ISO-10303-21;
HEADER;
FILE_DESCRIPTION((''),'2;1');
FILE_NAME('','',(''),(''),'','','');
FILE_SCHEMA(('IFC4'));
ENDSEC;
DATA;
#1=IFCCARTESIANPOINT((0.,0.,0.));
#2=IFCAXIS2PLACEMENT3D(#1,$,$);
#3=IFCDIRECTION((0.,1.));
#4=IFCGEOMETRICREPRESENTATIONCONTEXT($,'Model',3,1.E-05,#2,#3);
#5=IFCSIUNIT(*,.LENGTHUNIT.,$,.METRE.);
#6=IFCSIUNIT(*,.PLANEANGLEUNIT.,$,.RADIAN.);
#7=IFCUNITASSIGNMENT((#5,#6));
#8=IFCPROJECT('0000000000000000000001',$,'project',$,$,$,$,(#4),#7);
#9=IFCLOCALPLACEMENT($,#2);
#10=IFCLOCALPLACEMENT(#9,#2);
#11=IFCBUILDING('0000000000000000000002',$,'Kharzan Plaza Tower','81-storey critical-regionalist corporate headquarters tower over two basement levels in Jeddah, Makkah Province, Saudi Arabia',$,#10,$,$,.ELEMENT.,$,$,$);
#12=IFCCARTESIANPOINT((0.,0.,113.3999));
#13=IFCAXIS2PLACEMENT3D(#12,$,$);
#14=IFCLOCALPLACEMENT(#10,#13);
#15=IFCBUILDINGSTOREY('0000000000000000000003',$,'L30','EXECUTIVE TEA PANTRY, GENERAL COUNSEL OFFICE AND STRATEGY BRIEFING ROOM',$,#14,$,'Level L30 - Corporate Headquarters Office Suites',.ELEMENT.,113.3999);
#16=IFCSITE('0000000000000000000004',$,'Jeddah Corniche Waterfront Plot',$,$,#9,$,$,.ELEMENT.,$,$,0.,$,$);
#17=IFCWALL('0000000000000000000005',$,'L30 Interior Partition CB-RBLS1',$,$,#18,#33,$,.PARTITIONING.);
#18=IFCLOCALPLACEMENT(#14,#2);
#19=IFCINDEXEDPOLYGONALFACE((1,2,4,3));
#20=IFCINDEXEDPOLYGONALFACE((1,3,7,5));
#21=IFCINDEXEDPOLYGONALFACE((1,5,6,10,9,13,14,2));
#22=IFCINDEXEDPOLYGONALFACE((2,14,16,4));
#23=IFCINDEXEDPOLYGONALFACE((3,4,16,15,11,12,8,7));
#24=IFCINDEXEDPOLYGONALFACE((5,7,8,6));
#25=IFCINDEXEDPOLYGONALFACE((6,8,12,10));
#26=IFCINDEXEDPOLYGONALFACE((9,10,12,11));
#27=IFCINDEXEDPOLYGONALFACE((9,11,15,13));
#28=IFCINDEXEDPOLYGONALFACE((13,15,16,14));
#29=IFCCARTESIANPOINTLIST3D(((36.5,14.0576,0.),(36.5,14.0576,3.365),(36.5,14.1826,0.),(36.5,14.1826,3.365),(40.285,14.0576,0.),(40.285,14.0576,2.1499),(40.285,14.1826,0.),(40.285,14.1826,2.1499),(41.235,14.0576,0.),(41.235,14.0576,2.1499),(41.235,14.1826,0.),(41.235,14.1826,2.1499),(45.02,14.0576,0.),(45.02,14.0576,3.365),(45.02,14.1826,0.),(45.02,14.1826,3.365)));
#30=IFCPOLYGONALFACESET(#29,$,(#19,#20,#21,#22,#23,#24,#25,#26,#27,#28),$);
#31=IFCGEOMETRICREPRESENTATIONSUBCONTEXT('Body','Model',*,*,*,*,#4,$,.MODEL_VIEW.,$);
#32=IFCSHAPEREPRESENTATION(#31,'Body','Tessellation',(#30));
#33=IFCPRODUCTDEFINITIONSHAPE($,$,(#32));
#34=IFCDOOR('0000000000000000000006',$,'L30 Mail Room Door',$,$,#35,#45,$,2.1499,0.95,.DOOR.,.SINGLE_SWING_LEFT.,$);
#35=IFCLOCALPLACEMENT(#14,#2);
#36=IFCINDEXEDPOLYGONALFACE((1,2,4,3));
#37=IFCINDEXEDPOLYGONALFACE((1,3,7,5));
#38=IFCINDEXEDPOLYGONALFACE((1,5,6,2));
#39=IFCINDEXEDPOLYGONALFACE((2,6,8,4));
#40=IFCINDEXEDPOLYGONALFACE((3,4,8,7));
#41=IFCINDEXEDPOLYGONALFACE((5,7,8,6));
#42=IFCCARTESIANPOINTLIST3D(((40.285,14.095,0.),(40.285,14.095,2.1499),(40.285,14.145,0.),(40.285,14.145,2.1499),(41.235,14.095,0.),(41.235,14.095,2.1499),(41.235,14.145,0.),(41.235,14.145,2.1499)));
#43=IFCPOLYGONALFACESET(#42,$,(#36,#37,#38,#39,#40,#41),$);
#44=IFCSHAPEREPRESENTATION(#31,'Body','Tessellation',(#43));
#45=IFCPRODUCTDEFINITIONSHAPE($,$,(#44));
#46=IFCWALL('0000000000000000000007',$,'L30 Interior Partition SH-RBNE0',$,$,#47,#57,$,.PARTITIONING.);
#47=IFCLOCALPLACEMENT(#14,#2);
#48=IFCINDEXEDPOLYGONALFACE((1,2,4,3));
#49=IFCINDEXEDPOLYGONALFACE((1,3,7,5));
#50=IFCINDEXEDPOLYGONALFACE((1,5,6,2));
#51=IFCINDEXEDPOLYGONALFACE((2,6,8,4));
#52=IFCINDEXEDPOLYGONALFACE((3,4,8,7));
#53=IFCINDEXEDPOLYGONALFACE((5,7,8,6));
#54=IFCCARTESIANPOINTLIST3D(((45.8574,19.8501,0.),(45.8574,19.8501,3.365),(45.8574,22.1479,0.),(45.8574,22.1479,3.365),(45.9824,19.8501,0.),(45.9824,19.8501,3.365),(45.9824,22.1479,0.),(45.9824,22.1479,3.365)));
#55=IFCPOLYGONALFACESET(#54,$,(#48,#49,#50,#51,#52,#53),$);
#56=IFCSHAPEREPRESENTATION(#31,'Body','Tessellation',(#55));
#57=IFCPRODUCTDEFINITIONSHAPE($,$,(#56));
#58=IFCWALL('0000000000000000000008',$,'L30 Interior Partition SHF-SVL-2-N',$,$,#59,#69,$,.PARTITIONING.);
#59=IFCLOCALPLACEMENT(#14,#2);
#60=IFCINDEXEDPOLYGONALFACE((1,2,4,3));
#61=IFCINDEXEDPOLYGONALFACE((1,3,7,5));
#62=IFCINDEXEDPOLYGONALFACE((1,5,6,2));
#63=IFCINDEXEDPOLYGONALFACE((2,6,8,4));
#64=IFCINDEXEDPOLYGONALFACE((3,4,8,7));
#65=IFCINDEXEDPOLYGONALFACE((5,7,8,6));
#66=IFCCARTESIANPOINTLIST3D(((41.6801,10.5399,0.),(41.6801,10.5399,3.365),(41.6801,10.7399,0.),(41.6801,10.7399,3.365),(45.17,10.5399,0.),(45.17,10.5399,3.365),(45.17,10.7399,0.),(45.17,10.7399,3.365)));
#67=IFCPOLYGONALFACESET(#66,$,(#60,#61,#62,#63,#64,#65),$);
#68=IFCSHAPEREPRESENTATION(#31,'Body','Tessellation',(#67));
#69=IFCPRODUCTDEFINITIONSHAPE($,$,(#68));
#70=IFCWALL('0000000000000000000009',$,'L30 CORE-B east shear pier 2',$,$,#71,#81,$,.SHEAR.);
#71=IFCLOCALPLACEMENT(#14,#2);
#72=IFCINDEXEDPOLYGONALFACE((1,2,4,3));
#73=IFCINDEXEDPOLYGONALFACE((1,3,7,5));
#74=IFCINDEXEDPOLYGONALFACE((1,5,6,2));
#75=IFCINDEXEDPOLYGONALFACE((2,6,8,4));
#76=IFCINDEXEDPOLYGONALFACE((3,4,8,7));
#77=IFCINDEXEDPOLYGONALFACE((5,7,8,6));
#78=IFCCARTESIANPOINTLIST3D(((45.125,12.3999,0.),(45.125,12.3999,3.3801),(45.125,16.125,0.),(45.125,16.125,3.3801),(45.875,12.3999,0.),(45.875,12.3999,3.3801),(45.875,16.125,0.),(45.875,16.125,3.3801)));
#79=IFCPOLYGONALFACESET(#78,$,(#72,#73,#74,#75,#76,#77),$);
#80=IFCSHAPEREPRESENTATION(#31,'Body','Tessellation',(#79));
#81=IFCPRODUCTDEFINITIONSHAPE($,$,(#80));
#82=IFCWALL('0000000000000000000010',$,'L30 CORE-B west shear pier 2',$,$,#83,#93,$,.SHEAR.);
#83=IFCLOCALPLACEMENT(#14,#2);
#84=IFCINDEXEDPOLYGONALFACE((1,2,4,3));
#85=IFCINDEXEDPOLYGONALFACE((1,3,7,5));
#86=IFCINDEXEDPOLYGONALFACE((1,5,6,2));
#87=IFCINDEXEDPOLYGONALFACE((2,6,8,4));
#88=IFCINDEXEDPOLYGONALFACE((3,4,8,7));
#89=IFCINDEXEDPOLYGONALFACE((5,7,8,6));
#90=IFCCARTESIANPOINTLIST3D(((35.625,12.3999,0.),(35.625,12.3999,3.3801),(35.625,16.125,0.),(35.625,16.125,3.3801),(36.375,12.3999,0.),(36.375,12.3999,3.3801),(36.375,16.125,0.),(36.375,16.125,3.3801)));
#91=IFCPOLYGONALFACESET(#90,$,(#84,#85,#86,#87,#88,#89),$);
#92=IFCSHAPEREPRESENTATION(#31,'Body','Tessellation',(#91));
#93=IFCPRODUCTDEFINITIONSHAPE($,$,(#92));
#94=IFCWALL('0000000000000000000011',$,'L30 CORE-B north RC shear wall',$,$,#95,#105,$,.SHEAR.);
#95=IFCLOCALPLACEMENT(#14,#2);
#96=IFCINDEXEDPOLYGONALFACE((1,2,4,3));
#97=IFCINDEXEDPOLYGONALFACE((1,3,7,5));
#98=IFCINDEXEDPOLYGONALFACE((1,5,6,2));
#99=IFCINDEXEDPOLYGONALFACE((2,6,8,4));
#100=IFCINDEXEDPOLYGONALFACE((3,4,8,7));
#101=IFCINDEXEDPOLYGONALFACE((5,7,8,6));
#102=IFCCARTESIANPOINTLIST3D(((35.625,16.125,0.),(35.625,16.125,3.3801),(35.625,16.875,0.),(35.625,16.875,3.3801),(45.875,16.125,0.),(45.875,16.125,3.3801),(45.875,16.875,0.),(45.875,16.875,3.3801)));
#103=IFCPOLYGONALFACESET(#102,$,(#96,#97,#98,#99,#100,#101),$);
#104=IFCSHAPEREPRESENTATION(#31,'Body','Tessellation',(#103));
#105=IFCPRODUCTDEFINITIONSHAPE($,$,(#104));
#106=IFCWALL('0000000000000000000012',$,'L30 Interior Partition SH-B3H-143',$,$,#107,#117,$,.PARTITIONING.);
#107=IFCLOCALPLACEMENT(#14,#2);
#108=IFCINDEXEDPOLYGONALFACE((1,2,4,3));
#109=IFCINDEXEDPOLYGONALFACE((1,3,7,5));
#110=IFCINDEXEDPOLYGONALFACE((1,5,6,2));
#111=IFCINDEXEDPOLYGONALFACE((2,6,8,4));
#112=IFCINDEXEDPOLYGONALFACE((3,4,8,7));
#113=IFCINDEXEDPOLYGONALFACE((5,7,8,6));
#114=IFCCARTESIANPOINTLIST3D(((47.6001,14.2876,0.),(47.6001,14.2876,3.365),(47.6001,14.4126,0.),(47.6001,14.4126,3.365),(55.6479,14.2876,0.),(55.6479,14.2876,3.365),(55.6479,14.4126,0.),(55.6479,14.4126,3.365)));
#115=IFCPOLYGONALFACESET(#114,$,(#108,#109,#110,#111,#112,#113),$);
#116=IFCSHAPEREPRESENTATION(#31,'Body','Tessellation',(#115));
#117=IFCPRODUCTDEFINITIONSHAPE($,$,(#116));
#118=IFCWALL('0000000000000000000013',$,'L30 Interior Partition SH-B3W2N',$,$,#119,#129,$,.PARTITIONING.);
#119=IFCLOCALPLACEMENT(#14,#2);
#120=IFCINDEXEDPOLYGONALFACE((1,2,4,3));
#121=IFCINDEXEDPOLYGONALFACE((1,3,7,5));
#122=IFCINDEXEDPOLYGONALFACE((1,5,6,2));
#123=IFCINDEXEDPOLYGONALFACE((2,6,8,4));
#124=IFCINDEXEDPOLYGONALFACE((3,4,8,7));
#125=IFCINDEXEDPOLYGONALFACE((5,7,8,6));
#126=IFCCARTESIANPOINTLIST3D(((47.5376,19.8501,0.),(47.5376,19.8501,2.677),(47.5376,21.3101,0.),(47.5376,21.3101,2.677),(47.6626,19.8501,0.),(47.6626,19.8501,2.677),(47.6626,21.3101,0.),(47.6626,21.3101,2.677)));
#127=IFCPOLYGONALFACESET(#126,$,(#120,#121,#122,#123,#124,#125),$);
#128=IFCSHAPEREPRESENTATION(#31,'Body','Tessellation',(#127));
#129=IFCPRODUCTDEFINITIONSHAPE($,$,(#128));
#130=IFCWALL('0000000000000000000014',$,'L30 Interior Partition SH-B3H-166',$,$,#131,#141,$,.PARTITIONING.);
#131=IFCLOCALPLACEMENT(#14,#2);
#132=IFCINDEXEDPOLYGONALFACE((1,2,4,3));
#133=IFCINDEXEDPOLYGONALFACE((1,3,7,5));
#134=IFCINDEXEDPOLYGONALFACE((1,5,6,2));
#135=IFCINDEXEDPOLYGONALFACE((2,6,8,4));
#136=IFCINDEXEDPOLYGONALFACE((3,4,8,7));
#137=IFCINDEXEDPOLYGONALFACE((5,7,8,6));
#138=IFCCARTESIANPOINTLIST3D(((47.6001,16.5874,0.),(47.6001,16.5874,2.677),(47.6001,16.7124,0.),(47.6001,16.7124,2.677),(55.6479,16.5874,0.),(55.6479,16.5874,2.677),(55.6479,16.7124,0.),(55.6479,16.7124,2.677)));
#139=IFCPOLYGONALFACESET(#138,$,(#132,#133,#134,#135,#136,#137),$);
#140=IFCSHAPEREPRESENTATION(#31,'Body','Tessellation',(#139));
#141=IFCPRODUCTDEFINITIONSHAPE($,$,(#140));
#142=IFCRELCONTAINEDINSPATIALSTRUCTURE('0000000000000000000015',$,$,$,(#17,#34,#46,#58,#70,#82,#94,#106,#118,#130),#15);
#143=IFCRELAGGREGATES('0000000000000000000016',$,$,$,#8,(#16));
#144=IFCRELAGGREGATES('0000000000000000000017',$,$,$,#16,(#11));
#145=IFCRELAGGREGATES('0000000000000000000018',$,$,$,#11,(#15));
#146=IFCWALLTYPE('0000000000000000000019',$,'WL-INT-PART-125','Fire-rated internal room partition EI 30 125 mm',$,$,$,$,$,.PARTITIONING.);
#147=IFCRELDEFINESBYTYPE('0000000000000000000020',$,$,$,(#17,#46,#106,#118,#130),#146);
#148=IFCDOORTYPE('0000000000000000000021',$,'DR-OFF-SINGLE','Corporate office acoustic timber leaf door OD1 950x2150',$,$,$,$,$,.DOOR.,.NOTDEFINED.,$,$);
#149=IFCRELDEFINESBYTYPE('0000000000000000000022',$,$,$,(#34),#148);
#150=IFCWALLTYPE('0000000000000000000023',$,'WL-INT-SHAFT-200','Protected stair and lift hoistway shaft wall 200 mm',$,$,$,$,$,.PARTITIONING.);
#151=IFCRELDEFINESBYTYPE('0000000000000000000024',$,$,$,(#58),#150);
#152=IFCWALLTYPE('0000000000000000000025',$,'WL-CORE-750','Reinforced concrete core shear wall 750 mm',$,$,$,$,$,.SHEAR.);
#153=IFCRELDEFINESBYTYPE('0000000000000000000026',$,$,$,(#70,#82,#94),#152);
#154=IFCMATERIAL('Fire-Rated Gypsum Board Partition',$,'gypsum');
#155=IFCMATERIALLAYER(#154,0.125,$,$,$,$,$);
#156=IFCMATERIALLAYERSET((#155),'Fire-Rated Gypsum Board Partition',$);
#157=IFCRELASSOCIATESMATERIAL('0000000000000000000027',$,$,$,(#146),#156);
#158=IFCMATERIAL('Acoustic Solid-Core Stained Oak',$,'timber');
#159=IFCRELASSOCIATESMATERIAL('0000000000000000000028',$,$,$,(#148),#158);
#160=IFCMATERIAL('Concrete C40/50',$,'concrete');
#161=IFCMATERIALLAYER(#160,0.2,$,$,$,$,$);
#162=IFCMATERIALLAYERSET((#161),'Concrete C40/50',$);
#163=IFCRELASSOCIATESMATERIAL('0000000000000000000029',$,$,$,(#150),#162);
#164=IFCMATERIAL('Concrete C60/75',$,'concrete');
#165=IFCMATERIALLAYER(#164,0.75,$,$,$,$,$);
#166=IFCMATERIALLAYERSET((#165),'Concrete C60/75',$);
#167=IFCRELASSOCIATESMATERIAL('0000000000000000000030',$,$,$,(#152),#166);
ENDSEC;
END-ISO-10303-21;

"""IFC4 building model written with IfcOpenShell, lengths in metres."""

from ifc_helpers import new_model, si_unit, direction, frame, frame_2d, origin, place, context, subcontext, project, spatial, rectangle, extrude, source, transform, mapped, material, layer, layer_set, type_object, element, fill, save


model = new_model("IFC4")

# Units and contexts
model_context = context("Model", 3, precision=1e-05, world=origin(), true_north=direction((0.0, 1.0)))
body_context = subcontext(model_context, "Body", "Model", "MODEL_VIEW")
ifc_project = project(units=[si_unit("LENGTHUNIT", "METRE"), si_unit("PLANEANGLEUNIT", "RADIAN")], contexts=[model_context])

# Site, building, storey
site_placement = place(None, origin())
site = spatial("IfcSite", under=ifc_project, at=site_placement, Name="Jeddah Corniche Waterfront Plot", CompositionType="ELEMENT", RefElevation=0.0)
building_placement = place(site_placement, origin())
building = spatial("IfcBuilding", under=site, at=building_placement, Name="Kharzan Plaza Tower", Description="81-storey critical-regionalist corporate headquarters tower over two basement levels in Jeddah, Makkah Province, Saudi Arabia", CompositionType="ELEMENT")
storey_placement = place(building_placement, frame((0.0, 0.0, 113.3999)))
storey = spatial("IfcBuildingStorey", under=building, at=storey_placement, Name="L30", Description="EXECUTIVE TEA PANTRY, GENERAL COUNSEL OFFICE AND STRATEGY BRIEFING ROOM", LongName="Level L30 - Corporate Headquarters Office Suites", CompositionType="ELEMENT", Elevation=113.3999)

# Shared definitions
ifc_material_1 = material(Name="Concrete C60/75", Category="concrete")

# Shared definitions
ifc_material_2 = material(Name="Concrete C40/50", Category="concrete")

# Wall, opening, door
ifc_material_3 = material(Name="Fire-Rated Gypsum Board Partition", Category="gypsum")
ifc_layer_1 = layer(ifc_material_3, 0.125)
ifc_layer_set_1 = layer_set([ifc_layer_1], Name="Fire-Rated Gypsum Board Partition")
wall_type_1 = type_object("IfcWallType", Name="WL-INT-PART-125", Description="Fire-rated internal room partition EI 30 125 mm", PredefinedType="PARTITIONING", material=ifc_layer_set_1)
wall_1_placement = place(storey_placement, frame((36.5, 14.1201, 0.0), z_axis=(0.0, 0.0, 1.0), x_axis=(1.0, 0.0, 0.0)))
wall_1 = element("IfcWall", 1, at=wall_1_placement, inside=storey, type_object=wall_type_1, Name="L30 Interior Partition CB-RBLS1", PredefinedType="PARTITIONING", context=body_context, shape_type="SweptSolid", body=[
    extrude(rectangle(XDim=8.52, YDim=0.125, at=frame_2d((4.26, 0.0))), origin(), (0.0, 0.0, 1.0), 3.365),
])
opening_1_placement = place(wall_1_placement, frame((3.7849, 0.0, 0.0)))
opening_1 = element("IfcOpeningElement", 2, at=opening_1_placement, cuts=wall_1, PredefinedType="OPENING", context=body_context, shape_type="SweptSolid", body=[
    extrude(rectangle(XDim=0.95, YDim=2.1499, at=frame_2d((0.4751, 1.075))), frame((0.0, 0.0725, 0.0), z_axis=(0.0, -1.0, 0.0), x_axis=(1.0, 0.0, 0.0)), (0.0, 0.0, 1.0), 0.145),
])
ifc_material_4 = material(Name="Acoustic Solid-Core Stained Oak", Category="timber")
door_type_1 = type_object("IfcDoorType", Name="DR-OFF-SINGLE", Description="Corporate office acoustic timber leaf door OD1 950x2150", OperationType="NOTDEFINED", PredefinedType="DOOR", material=ifc_material_4)
shared_shape_1 = source(origin(), body_context, "Body", "SweptSolid", [
    extrude(rectangle(XDim=0.95, YDim=2.1499, at=frame_2d((0.4751, 1.075))), frame((0.0, 0.0249, 0.0), z_axis=(0.0, -1.0, 0.0), x_axis=(1.0, 0.0, 0.0)), (0.0, 0.0, 1.0), 0.05),
])
door_1_placement = place(opening_1_placement, origin())
door_1 = element("IfcDoor", 3, at=door_1_placement, inside=storey, type_object=door_type_1, Name="L30 Mail Room Door", OperationType="SINGLE_SWING_LEFT", OverallHeight=2.1499, OverallWidth=0.95, PredefinedType="DOOR", context=body_context, shape_type="MappedRepresentation", body=[
    mapped(shared_shape_1, transform((0.0, 0.0, 0.0), x_axis=(1.0, 0.0, 0.0), y_axis=(0.0, 1.0, 0.0), z_axis=(0.0, 0.0, 1.0))),
])
fill(opening_1, door_1)

# Walls
shared_shape_2 = source(origin(), body_context, "Body", "SweptSolid", [
    extrude(rectangle(XDim=2.2979, YDim=0.125, at=frame_2d((1.1489, 0.0))), origin(), (0.0, 0.0, 1.0), 3.365),
])
wall_2_placement = place(storey_placement, frame((45.9199, 19.8501, 0.0), z_axis=(0.0, 0.0, 1.0), x_axis=(0.0, 1.0, 0.0)))
element("IfcWall", 4, at=wall_2_placement, inside=storey, type_object=wall_type_1, Name="L30 Interior Partition SH-RBNE0", PredefinedType="PARTITIONING", context=body_context, shape_type="MappedRepresentation", body=[
    mapped(shared_shape_2, transform((0.0, 0.0, 0.0), x_axis=(1.0, 0.0, 0.0), y_axis=(0.0, 1.0, 0.0), z_axis=(0.0, 0.0, 1.0))),
])
ifc_layer_2 = layer(ifc_material_2, 0.2)
ifc_layer_set_2 = layer_set([ifc_layer_2], Name="Concrete C40/50")
wall_type_2 = type_object("IfcWallType", Name="WL-INT-SHAFT-200", Description="Protected stair and lift hoistway shaft wall 200 mm", PredefinedType="PARTITIONING", material=ifc_layer_set_2)
shared_shape_3 = source(origin(), body_context, "Body", "SweptSolid", [
    extrude(rectangle(XDim=3.49, YDim=0.2, at=frame_2d((1.7451, 0.0))), origin(), (0.0, 0.0, 1.0), 3.365),
])
wall_3_placement = place(storey_placement, frame((41.6799, 10.6399, 0.0), z_axis=(0.0, 0.0, 1.0), x_axis=(1.0, 0.0, 0.0)))
element("IfcWall", 5, at=wall_3_placement, inside=storey, type_object=wall_type_2, Name="L30 Interior Partition SHF-SVL-2-N", PredefinedType="PARTITIONING", context=body_context, shape_type="MappedRepresentation", body=[
    mapped(shared_shape_3, transform((0.0, 0.0, 0.0), x_axis=(1.0, 0.0, 0.0), y_axis=(0.0, 1.0, 0.0), z_axis=(0.0, 0.0, 1.0))),
])
ifc_layer_3 = layer(ifc_material_1, 0.75)
ifc_layer_set_3 = layer_set([ifc_layer_3], Name="Concrete C60/75")
wall_type_3 = type_object("IfcWallType", Name="WL-CORE-750", Description="Reinforced concrete core shear wall 750 mm", PredefinedType="SHEAR", material=ifc_layer_set_3)
shared_shape_4 = source(origin(), body_context, "Body", "SweptSolid", [
    extrude(rectangle(XDim=3.7251, YDim=0.75, at=frame_2d((1.8625, 0.0))), origin(), (0.0, 0.0, 1.0), 3.3801),
])
for number, where, z_axis, x_axis, name in (
    (6, (45.5, 12.3999, 0.0), (0.0, 0.0, 1.0), (0.0, 1.0, 0.0), "L30 CORE-B east shear pier 2"),
    (7, (36.0, 12.3999, 0.0), (0.0, 0.0, 1.0), (0.0, 1.0, 0.0), "L30 CORE-B west shear pier 2"),
):
    element("IfcWall", number, at=place(storey_placement, frame(where, z_axis=z_axis, x_axis=x_axis)), inside=storey, type_object=wall_type_3, Name=name, PredefinedType="SHEAR", context=body_context, shape_type="MappedRepresentation", body=[
        mapped(shared_shape_4, transform((0.0, 0.0, 0.0), x_axis=(1.0, 0.0, 0.0), y_axis=(0.0, 1.0, 0.0), z_axis=(0.0, 0.0, 1.0))),
    ])
shared_shape_5 = source(origin(), body_context, "Body", "SweptSolid", [
    extrude(rectangle(XDim=10.25, YDim=0.75, at=frame_2d((5.125, 0.0))), origin(), (0.0, 0.0, 1.0), 3.3801),
])
wall_4_placement = place(storey_placement, frame((35.625, 16.5, 0.0), z_axis=(0.0, 0.0, 1.0), x_axis=(1.0, 0.0, 0.0)))
element("IfcWall", 8, at=wall_4_placement, inside=storey, type_object=wall_type_3, Name="L30 CORE-B north RC shear wall", PredefinedType="SHEAR", context=body_context, shape_type="MappedRepresentation", body=[
    mapped(shared_shape_5, transform((0.0, 0.0, 0.0), x_axis=(1.0, 0.0, 0.0), y_axis=(0.0, 1.0, 0.0), z_axis=(0.0, 0.0, 1.0))),
])
shared_shape_6 = source(origin(), body_context, "Body", "SweptSolid", [
    extrude(rectangle(XDim=8.0479, YDim=0.125, at=frame_2d((4.0239, 0.0))), origin(), (0.0, 0.0, 1.0), 3.365),
])
wall_5_placement = place(storey_placement, frame((47.6001, 14.3501, 0.0), z_axis=(0.0, 0.0, 1.0), x_axis=(1.0, 0.0, 0.0)))
element("IfcWall", 9, at=wall_5_placement, inside=storey, type_object=wall_type_1, Name="L30 Interior Partition SH-B3H-143", PredefinedType="PARTITIONING", context=body_context, shape_type="MappedRepresentation", body=[
    mapped(shared_shape_6, transform((0.0, 0.0, 0.0), x_axis=(1.0, 0.0, 0.0), y_axis=(0.0, 1.0, 0.0), z_axis=(0.0, 0.0, 1.0))),
])
shared_shape_7 = source(origin(), body_context, "Body", "SweptSolid", [
    extrude(rectangle(XDim=1.46, YDim=0.125, at=frame_2d((0.73, 0.0))), origin(), (0.0, 0.0, 1.0), 2.677),
])
wall_6_placement = place(storey_placement, frame((47.6001, 19.8501, 0.0), z_axis=(0.0, 0.0, 1.0), x_axis=(0.0, 1.0, 0.0)))
element("IfcWall", 10, at=wall_6_placement, inside=storey, type_object=wall_type_1, Name="L30 Interior Partition SH-B3W2N", PredefinedType="PARTITIONING", context=body_context, shape_type="MappedRepresentation", body=[
    mapped(shared_shape_7, transform((0.0, 0.0, 0.0), x_axis=(1.0, 0.0, 0.0), y_axis=(0.0, 1.0, 0.0), z_axis=(0.0, 0.0, 1.0))),
])
shared_shape_8 = source(origin(), body_context, "Body", "SweptSolid", [
    extrude(rectangle(XDim=8.0479, YDim=0.125, at=frame_2d((4.0239, 0.0))), origin(), (0.0, 0.0, 1.0), 2.677),
])
wall_7_placement = place(storey_placement, frame((47.6001, 16.6499, 0.0), z_axis=(0.0, 0.0, 1.0), x_axis=(1.0, 0.0, 0.0)))
element("IfcWall", 11, at=wall_7_placement, inside=storey, type_object=wall_type_1, Name="L30 Interior Partition SH-B3H-166", PredefinedType="PARTITIONING", context=body_context, shape_type="MappedRepresentation", body=[
    mapped(shared_shape_8, transform((0.0, 0.0, 0.0), x_axis=(1.0, 0.0, 0.0), y_axis=(0.0, 1.0, 0.0), z_axis=(0.0, 0.0, 1.0))),
])

save(model, "model.ifc")
